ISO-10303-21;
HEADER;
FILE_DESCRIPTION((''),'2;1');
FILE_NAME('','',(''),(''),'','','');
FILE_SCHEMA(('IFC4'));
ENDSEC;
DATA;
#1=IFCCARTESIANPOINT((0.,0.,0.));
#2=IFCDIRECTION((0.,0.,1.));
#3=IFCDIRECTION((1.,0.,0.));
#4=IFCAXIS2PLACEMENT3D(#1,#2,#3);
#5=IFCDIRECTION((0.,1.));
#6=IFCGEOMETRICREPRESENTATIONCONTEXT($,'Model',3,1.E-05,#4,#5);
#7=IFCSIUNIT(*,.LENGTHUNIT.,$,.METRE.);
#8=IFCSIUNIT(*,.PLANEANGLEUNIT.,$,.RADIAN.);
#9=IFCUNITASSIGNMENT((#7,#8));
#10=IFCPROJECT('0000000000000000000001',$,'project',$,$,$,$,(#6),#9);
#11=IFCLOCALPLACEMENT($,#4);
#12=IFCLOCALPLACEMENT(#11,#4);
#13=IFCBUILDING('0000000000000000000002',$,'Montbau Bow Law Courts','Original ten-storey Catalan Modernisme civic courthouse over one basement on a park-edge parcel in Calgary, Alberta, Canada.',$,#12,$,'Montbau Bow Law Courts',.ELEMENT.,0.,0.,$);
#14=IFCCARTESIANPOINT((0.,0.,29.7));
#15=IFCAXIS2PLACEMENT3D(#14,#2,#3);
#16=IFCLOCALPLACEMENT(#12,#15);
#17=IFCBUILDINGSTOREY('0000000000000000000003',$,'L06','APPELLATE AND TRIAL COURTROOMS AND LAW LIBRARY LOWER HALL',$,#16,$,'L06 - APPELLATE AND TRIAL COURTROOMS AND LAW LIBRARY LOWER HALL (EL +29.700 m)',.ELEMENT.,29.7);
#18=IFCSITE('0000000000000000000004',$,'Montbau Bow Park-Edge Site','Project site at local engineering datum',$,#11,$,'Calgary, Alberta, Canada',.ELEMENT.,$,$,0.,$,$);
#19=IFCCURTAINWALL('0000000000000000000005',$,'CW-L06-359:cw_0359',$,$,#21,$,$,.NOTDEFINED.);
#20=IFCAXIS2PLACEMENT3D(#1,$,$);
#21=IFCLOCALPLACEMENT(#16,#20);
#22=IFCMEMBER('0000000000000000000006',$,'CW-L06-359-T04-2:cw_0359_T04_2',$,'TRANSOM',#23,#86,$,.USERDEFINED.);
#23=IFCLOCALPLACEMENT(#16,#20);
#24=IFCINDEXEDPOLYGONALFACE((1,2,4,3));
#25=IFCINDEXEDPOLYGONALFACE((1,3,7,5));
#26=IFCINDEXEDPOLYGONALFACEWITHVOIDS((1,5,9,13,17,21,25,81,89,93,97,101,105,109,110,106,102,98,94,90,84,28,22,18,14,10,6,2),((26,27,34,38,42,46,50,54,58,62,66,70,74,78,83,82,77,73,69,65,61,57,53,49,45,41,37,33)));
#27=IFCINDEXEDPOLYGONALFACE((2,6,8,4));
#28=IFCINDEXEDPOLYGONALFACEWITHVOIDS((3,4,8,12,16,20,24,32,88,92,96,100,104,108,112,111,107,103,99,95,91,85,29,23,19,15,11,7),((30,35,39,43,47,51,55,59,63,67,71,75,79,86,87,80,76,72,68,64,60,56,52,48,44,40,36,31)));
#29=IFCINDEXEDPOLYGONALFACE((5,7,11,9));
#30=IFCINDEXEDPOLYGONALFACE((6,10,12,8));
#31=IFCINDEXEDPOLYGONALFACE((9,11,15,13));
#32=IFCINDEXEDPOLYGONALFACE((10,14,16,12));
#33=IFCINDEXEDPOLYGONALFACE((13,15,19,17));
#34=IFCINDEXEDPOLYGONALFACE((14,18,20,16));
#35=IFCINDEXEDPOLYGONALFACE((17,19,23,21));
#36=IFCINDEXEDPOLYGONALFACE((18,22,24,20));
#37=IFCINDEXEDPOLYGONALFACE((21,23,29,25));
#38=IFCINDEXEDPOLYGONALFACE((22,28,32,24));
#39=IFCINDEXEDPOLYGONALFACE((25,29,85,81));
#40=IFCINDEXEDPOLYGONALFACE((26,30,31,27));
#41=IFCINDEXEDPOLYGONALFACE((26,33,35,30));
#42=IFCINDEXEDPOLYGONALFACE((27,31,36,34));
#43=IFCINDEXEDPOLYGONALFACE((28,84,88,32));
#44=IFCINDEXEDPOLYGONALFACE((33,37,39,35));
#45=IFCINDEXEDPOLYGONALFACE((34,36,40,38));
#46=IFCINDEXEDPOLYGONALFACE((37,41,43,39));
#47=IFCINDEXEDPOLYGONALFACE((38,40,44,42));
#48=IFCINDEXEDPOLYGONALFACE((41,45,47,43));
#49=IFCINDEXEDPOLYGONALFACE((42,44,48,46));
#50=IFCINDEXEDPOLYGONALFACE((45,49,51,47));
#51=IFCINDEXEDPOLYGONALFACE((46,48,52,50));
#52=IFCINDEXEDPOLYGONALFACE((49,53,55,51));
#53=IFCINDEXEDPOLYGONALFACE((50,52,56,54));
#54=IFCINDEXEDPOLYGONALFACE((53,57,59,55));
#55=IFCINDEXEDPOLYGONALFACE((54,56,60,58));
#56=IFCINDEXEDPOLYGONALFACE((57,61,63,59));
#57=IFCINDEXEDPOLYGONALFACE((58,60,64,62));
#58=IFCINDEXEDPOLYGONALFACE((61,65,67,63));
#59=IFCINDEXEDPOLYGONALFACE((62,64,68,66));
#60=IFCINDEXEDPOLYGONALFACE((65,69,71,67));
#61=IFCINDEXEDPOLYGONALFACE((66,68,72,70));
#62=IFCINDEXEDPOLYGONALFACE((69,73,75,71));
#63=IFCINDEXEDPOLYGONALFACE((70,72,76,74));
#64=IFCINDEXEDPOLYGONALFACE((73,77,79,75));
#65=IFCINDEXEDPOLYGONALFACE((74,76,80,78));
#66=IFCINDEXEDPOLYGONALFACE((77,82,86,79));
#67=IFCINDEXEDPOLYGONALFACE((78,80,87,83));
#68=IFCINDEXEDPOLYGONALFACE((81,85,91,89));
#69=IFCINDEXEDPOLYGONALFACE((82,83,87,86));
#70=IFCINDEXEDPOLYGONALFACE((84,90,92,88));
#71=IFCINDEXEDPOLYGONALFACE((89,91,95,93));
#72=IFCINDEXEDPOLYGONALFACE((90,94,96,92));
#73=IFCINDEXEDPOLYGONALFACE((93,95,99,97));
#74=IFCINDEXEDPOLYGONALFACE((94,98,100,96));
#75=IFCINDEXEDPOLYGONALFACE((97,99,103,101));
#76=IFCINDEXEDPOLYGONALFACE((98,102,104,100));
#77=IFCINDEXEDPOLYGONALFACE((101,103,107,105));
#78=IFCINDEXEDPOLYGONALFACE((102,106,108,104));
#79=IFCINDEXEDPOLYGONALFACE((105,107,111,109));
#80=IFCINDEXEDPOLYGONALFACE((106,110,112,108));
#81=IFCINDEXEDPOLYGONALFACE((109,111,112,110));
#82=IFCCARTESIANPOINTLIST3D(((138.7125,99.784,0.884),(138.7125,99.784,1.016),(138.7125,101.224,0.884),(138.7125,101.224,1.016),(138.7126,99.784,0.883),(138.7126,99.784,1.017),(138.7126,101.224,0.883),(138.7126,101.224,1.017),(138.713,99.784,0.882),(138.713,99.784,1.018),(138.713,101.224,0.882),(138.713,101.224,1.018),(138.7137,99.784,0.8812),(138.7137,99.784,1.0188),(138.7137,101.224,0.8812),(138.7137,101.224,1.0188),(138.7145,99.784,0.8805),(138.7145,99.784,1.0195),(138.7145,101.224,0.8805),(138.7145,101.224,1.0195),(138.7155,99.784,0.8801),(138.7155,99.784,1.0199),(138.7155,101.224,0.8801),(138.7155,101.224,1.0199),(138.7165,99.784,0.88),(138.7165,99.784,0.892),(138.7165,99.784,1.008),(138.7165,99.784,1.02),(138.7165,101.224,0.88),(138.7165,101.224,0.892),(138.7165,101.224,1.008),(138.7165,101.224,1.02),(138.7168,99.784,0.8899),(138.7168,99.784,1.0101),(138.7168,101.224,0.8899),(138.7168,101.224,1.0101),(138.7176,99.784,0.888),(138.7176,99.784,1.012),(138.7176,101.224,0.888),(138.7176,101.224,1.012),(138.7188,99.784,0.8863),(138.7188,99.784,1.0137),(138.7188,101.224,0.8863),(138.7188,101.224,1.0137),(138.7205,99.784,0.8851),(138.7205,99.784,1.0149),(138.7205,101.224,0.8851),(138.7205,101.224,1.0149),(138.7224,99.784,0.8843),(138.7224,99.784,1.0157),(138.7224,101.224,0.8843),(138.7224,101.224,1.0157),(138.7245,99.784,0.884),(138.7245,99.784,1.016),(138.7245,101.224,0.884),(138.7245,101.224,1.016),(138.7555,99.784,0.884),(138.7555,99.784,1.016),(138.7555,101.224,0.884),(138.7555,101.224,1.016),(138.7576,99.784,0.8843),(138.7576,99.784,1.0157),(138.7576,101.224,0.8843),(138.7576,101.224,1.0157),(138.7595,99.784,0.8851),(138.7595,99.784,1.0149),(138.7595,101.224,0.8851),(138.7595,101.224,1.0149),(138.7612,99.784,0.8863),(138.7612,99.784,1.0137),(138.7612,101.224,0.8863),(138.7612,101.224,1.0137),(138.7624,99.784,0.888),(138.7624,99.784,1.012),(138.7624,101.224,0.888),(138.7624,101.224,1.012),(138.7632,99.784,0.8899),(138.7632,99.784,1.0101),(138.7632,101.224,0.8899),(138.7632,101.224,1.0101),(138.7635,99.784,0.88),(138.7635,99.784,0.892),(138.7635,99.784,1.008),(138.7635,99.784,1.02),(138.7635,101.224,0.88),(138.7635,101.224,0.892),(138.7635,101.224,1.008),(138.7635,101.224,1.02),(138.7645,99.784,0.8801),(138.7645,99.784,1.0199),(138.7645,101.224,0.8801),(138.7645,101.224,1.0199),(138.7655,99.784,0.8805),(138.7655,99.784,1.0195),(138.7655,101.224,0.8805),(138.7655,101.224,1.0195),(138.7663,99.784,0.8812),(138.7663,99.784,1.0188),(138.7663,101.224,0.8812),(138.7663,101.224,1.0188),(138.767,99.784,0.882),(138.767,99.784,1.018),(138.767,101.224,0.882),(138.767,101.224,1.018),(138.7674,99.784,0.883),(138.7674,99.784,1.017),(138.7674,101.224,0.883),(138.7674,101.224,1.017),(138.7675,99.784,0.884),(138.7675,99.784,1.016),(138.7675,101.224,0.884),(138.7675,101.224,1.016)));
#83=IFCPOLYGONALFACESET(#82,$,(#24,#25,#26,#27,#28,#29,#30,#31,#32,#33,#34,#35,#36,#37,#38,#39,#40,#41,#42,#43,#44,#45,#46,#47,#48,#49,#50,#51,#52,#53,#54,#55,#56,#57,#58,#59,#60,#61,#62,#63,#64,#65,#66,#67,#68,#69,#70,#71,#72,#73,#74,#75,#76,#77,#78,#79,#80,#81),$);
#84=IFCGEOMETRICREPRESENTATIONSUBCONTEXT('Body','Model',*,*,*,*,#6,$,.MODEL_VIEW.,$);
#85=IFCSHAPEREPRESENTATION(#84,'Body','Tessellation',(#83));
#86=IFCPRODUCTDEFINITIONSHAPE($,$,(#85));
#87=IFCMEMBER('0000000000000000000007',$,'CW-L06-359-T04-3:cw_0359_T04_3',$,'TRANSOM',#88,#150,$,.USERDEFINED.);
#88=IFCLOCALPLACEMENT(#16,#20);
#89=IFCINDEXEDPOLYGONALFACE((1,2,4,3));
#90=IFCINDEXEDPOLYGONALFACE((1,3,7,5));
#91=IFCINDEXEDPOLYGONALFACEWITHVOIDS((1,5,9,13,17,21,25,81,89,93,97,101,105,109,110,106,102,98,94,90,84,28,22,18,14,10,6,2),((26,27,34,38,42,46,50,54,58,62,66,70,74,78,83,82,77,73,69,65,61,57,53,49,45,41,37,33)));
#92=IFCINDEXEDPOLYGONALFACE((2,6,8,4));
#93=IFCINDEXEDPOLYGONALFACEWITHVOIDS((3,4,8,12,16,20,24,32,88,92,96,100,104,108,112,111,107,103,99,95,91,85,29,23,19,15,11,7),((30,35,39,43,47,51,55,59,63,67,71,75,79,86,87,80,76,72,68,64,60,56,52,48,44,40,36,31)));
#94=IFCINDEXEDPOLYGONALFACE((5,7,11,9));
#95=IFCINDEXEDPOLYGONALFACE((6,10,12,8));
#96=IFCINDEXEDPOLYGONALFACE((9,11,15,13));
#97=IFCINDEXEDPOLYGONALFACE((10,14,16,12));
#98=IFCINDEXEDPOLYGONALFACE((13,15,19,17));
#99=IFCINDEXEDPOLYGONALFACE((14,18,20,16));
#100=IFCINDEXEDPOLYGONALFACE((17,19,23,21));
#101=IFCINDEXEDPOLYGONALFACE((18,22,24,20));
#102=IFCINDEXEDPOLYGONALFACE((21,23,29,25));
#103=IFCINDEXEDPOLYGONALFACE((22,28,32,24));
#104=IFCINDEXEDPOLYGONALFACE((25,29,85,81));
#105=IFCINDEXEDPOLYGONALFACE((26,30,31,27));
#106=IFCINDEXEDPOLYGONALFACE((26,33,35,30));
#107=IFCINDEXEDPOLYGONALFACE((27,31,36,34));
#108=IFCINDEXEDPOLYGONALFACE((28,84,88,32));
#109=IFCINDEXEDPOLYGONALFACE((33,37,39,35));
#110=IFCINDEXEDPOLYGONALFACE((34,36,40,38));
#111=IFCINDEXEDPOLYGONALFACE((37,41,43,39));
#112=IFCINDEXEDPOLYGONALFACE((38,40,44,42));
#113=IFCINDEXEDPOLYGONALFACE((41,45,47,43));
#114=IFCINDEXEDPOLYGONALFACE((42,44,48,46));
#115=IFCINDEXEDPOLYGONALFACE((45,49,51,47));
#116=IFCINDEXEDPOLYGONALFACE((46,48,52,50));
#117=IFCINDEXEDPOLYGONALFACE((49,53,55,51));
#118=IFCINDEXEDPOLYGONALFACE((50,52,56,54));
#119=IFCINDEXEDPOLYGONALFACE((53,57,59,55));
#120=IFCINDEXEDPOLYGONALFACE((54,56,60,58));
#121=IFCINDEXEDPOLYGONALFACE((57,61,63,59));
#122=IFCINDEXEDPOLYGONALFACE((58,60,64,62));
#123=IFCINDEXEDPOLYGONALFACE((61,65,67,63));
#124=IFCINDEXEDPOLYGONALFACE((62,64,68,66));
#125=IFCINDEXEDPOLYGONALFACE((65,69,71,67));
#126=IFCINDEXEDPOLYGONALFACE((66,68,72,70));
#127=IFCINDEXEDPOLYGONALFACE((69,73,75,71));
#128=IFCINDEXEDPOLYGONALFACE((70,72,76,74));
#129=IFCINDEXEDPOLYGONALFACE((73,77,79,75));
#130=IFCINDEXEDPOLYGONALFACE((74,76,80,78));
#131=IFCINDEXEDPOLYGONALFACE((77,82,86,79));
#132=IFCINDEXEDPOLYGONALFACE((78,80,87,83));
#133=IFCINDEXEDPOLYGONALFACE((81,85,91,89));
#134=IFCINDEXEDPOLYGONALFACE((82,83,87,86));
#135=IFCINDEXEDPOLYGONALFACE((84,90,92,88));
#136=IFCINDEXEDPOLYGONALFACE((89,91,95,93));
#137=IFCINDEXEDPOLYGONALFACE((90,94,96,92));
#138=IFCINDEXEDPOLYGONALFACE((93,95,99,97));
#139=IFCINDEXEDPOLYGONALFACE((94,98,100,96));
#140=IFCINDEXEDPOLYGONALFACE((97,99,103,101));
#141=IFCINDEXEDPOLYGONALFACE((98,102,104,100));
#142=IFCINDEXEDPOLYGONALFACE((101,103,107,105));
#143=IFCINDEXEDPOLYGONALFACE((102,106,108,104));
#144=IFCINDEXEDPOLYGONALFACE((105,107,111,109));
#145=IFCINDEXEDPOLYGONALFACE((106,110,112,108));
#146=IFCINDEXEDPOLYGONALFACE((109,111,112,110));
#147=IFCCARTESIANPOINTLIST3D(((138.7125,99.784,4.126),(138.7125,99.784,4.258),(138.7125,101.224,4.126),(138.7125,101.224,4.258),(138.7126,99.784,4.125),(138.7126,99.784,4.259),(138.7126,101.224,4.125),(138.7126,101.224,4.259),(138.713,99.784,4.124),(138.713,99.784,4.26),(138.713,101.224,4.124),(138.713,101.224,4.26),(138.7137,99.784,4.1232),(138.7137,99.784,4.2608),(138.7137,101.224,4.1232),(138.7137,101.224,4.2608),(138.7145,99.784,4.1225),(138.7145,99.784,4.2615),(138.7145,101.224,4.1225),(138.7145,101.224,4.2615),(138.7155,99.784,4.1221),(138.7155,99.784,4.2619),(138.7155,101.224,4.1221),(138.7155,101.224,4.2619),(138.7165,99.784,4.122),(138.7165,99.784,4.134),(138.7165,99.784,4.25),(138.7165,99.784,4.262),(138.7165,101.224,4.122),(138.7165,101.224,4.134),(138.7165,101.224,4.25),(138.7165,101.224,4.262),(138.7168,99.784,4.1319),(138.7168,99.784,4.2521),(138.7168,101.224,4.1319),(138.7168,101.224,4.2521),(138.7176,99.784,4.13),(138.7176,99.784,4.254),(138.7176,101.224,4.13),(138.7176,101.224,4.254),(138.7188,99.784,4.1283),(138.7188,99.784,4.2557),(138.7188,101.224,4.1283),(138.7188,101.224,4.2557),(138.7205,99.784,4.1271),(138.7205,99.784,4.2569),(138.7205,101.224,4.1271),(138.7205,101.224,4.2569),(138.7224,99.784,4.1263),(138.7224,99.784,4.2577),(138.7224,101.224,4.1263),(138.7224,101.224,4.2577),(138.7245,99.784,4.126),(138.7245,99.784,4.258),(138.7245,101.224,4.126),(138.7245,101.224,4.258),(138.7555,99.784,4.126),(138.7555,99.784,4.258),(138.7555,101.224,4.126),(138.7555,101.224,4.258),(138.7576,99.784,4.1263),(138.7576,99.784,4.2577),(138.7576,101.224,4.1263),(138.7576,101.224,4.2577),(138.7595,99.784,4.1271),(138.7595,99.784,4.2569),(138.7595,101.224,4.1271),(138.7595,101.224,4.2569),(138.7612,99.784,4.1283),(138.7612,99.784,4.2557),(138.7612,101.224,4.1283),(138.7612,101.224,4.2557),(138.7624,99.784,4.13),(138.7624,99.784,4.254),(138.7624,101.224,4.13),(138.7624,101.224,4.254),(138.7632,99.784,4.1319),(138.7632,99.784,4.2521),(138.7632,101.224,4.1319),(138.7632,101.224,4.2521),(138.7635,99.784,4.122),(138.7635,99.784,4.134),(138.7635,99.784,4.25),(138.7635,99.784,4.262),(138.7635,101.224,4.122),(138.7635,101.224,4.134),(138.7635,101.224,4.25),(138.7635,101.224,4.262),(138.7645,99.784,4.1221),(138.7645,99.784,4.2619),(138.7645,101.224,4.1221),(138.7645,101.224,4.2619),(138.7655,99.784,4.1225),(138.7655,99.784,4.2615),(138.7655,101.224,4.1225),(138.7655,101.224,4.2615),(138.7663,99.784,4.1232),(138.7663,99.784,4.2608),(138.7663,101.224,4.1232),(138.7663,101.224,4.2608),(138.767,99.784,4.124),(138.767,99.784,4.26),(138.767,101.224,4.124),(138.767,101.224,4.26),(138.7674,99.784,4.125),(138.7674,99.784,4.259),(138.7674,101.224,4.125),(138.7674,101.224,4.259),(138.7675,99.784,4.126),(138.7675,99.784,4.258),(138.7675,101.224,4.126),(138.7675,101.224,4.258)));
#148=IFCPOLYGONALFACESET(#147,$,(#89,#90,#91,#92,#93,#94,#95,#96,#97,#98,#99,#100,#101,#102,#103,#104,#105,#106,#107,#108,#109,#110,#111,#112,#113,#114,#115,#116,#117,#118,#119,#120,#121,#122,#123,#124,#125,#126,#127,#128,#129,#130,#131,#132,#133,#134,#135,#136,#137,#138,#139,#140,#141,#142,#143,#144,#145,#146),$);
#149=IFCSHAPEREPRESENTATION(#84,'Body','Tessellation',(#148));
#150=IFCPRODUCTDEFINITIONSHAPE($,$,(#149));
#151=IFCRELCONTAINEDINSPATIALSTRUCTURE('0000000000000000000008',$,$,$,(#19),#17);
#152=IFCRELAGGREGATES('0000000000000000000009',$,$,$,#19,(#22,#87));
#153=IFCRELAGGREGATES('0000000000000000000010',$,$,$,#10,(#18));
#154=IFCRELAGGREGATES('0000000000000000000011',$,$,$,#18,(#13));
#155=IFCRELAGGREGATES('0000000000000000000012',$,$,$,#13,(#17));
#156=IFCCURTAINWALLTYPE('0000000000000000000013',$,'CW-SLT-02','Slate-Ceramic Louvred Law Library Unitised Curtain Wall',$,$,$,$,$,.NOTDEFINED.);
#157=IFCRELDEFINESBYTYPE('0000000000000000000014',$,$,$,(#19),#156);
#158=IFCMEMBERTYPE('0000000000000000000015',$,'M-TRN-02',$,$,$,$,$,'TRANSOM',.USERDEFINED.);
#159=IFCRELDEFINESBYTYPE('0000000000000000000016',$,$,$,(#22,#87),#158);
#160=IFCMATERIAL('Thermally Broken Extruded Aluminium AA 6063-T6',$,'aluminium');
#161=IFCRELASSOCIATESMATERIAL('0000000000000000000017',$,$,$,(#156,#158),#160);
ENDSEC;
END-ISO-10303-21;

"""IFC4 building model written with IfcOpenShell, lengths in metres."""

from ifc_helpers import new_model, si_unit, direction, frame, origin_with_axes, origin_2d_with_axis, place, context, subcontext, project, spatial, hollow_rectangle, extrude, material, material_profile, profile_set, type_object, element, aggregate, save


model = new_model("IFC4")

# Units and contexts
model_context = context("Model", 3, precision=1e-05, world=origin_with_axes(), true_north=direction((0.0, 1.0)))
body_context = subcontext(model_context, "Body", "Model", "MODEL_VIEW")
ifc_project = project(units=[si_unit("LENGTHUNIT", "METRE"), si_unit("PLANEANGLEUNIT", "RADIAN")], contexts=[model_context])

# Site, building, storey
site_placement = place(None, origin_with_axes())
site = spatial("IfcSite", under=ifc_project, at=site_placement, Name="Montbau Bow Park-Edge Site", Description="Project site at local engineering datum", LongName="Calgary, Alberta, Canada", CompositionType="ELEMENT", RefElevation=0.0)
building_placement = place(site_placement, origin_with_axes())
building = spatial("IfcBuilding", under=site, at=building_placement, Name="Montbau Bow Law Courts", Description="Original ten-storey Catalan Modernisme civic courthouse over one basement on a park-edge parcel in Calgary, Alberta, Canada.", LongName="Montbau Bow Law Courts", CompositionType="ELEMENT", ElevationOfRefHeight=0.0, ElevationOfTerrain=0.0)
storey_placement = place(building_placement, frame((0.0, 0.0, 29.7), z_axis=(0.0, 0.0, 1.0), x_axis=(1.0, 0.0, 0.0)))
storey = spatial("IfcBuildingStorey", under=building, at=storey_placement, Name="L06", Description="APPELLATE AND TRIAL COURTROOMS AND LAW LIBRARY LOWER HALL", LongName="L06 - APPELLATE AND TRIAL COURTROOMS AND LAW LIBRARY LOWER HALL (EL +29.700 m)", CompositionType="ELEMENT", Elevation=29.7)

# Curtain wall, members
ifc_material_1 = material(Name="Thermally Broken Extruded Aluminium AA 6063-T6", Category="aluminium")
curtain_wall_type = type_object("IfcCurtainWallType", Name="CW-SLT-02", Description="Slate-Ceramic Louvred Law Library Unitised Curtain Wall", PredefinedType="NOTDEFINED", material=ifc_material_1)
curtain_wall_placement = place(None, frame((138.74, 95.24, 29.7), z_axis=(0.0, 0.0, 1.0), x_axis=(1.0, 0.0, 0.0)))
curtain_wall = element("IfcCurtainWall", 1, at=curtain_wall_placement, inside=storey, type_object=curtain_wall_type, Name="CW-L06-359:cw_0359", PredefinedType="NOTDEFINED")
ifc_material_profile_1 = material_profile(ifc_material_1, hollow_rectangle(XDim=0.055, YDim=0.14, WallThickness=0.004, InnerFilletRadius=0.008, OuterFilletRadius=0.004, at=origin_2d_with_axis()), Name="CWT-140X55", Category="Main", Priority=0)
ifc_profile_set_1 = profile_set([ifc_material_profile_1], Name="Thermally Broken Extruded Aluminium AA 6063-T6")
member_type_1 = type_object("IfcMemberType", Name="M-TRN-02", ElementType="TRANSOM", PredefinedType="USERDEFINED", material=ifc_profile_set_1)
member_1_placement = place(None, frame((138.74, 99.784, 30.65), z_axis=(0.0, 1.0, 0.0), x_axis=(-1.0, 0.0, 0.0)))
member_1 = element("IfcMember", 2, at=member_1_placement, type_object=member_type_1, Name="CW-L06-359-T04-2:cw_0359_T04_2", ObjectType="TRANSOM", PredefinedType="USERDEFINED", context=body_context, shape_type="SweptSolid", body=[
    extrude(hollow_rectangle(XDim=0.055, YDim=0.14, WallThickness=0.004, InnerFilletRadius=0.008, OuterFilletRadius=0.004, at=origin_2d_with_axis()), origin_with_axes(), (0.0, 0.0, 1.0), 1.44),
])
member_2_placement = place(None, frame((138.74, 99.784, 33.892), z_axis=(0.0, 1.0, 0.0), x_axis=(-1.0, 0.0, 0.0)))
member_2 = element("IfcMember", 3, at=member_2_placement, type_object=member_type_1, Name="CW-L06-359-T04-3:cw_0359_T04_3", ObjectType="TRANSOM", PredefinedType="USERDEFINED", context=body_context, shape_type="SweptSolid", body=[
    extrude(hollow_rectangle(XDim=0.055, YDim=0.14, WallThickness=0.004, InnerFilletRadius=0.008, OuterFilletRadius=0.004, at=origin_2d_with_axis()), origin_with_axes(), (0.0, 0.0, 1.0), 1.44),
])
aggregate(curtain_wall, [member_1, member_2])

save(model, "model.ifc")
